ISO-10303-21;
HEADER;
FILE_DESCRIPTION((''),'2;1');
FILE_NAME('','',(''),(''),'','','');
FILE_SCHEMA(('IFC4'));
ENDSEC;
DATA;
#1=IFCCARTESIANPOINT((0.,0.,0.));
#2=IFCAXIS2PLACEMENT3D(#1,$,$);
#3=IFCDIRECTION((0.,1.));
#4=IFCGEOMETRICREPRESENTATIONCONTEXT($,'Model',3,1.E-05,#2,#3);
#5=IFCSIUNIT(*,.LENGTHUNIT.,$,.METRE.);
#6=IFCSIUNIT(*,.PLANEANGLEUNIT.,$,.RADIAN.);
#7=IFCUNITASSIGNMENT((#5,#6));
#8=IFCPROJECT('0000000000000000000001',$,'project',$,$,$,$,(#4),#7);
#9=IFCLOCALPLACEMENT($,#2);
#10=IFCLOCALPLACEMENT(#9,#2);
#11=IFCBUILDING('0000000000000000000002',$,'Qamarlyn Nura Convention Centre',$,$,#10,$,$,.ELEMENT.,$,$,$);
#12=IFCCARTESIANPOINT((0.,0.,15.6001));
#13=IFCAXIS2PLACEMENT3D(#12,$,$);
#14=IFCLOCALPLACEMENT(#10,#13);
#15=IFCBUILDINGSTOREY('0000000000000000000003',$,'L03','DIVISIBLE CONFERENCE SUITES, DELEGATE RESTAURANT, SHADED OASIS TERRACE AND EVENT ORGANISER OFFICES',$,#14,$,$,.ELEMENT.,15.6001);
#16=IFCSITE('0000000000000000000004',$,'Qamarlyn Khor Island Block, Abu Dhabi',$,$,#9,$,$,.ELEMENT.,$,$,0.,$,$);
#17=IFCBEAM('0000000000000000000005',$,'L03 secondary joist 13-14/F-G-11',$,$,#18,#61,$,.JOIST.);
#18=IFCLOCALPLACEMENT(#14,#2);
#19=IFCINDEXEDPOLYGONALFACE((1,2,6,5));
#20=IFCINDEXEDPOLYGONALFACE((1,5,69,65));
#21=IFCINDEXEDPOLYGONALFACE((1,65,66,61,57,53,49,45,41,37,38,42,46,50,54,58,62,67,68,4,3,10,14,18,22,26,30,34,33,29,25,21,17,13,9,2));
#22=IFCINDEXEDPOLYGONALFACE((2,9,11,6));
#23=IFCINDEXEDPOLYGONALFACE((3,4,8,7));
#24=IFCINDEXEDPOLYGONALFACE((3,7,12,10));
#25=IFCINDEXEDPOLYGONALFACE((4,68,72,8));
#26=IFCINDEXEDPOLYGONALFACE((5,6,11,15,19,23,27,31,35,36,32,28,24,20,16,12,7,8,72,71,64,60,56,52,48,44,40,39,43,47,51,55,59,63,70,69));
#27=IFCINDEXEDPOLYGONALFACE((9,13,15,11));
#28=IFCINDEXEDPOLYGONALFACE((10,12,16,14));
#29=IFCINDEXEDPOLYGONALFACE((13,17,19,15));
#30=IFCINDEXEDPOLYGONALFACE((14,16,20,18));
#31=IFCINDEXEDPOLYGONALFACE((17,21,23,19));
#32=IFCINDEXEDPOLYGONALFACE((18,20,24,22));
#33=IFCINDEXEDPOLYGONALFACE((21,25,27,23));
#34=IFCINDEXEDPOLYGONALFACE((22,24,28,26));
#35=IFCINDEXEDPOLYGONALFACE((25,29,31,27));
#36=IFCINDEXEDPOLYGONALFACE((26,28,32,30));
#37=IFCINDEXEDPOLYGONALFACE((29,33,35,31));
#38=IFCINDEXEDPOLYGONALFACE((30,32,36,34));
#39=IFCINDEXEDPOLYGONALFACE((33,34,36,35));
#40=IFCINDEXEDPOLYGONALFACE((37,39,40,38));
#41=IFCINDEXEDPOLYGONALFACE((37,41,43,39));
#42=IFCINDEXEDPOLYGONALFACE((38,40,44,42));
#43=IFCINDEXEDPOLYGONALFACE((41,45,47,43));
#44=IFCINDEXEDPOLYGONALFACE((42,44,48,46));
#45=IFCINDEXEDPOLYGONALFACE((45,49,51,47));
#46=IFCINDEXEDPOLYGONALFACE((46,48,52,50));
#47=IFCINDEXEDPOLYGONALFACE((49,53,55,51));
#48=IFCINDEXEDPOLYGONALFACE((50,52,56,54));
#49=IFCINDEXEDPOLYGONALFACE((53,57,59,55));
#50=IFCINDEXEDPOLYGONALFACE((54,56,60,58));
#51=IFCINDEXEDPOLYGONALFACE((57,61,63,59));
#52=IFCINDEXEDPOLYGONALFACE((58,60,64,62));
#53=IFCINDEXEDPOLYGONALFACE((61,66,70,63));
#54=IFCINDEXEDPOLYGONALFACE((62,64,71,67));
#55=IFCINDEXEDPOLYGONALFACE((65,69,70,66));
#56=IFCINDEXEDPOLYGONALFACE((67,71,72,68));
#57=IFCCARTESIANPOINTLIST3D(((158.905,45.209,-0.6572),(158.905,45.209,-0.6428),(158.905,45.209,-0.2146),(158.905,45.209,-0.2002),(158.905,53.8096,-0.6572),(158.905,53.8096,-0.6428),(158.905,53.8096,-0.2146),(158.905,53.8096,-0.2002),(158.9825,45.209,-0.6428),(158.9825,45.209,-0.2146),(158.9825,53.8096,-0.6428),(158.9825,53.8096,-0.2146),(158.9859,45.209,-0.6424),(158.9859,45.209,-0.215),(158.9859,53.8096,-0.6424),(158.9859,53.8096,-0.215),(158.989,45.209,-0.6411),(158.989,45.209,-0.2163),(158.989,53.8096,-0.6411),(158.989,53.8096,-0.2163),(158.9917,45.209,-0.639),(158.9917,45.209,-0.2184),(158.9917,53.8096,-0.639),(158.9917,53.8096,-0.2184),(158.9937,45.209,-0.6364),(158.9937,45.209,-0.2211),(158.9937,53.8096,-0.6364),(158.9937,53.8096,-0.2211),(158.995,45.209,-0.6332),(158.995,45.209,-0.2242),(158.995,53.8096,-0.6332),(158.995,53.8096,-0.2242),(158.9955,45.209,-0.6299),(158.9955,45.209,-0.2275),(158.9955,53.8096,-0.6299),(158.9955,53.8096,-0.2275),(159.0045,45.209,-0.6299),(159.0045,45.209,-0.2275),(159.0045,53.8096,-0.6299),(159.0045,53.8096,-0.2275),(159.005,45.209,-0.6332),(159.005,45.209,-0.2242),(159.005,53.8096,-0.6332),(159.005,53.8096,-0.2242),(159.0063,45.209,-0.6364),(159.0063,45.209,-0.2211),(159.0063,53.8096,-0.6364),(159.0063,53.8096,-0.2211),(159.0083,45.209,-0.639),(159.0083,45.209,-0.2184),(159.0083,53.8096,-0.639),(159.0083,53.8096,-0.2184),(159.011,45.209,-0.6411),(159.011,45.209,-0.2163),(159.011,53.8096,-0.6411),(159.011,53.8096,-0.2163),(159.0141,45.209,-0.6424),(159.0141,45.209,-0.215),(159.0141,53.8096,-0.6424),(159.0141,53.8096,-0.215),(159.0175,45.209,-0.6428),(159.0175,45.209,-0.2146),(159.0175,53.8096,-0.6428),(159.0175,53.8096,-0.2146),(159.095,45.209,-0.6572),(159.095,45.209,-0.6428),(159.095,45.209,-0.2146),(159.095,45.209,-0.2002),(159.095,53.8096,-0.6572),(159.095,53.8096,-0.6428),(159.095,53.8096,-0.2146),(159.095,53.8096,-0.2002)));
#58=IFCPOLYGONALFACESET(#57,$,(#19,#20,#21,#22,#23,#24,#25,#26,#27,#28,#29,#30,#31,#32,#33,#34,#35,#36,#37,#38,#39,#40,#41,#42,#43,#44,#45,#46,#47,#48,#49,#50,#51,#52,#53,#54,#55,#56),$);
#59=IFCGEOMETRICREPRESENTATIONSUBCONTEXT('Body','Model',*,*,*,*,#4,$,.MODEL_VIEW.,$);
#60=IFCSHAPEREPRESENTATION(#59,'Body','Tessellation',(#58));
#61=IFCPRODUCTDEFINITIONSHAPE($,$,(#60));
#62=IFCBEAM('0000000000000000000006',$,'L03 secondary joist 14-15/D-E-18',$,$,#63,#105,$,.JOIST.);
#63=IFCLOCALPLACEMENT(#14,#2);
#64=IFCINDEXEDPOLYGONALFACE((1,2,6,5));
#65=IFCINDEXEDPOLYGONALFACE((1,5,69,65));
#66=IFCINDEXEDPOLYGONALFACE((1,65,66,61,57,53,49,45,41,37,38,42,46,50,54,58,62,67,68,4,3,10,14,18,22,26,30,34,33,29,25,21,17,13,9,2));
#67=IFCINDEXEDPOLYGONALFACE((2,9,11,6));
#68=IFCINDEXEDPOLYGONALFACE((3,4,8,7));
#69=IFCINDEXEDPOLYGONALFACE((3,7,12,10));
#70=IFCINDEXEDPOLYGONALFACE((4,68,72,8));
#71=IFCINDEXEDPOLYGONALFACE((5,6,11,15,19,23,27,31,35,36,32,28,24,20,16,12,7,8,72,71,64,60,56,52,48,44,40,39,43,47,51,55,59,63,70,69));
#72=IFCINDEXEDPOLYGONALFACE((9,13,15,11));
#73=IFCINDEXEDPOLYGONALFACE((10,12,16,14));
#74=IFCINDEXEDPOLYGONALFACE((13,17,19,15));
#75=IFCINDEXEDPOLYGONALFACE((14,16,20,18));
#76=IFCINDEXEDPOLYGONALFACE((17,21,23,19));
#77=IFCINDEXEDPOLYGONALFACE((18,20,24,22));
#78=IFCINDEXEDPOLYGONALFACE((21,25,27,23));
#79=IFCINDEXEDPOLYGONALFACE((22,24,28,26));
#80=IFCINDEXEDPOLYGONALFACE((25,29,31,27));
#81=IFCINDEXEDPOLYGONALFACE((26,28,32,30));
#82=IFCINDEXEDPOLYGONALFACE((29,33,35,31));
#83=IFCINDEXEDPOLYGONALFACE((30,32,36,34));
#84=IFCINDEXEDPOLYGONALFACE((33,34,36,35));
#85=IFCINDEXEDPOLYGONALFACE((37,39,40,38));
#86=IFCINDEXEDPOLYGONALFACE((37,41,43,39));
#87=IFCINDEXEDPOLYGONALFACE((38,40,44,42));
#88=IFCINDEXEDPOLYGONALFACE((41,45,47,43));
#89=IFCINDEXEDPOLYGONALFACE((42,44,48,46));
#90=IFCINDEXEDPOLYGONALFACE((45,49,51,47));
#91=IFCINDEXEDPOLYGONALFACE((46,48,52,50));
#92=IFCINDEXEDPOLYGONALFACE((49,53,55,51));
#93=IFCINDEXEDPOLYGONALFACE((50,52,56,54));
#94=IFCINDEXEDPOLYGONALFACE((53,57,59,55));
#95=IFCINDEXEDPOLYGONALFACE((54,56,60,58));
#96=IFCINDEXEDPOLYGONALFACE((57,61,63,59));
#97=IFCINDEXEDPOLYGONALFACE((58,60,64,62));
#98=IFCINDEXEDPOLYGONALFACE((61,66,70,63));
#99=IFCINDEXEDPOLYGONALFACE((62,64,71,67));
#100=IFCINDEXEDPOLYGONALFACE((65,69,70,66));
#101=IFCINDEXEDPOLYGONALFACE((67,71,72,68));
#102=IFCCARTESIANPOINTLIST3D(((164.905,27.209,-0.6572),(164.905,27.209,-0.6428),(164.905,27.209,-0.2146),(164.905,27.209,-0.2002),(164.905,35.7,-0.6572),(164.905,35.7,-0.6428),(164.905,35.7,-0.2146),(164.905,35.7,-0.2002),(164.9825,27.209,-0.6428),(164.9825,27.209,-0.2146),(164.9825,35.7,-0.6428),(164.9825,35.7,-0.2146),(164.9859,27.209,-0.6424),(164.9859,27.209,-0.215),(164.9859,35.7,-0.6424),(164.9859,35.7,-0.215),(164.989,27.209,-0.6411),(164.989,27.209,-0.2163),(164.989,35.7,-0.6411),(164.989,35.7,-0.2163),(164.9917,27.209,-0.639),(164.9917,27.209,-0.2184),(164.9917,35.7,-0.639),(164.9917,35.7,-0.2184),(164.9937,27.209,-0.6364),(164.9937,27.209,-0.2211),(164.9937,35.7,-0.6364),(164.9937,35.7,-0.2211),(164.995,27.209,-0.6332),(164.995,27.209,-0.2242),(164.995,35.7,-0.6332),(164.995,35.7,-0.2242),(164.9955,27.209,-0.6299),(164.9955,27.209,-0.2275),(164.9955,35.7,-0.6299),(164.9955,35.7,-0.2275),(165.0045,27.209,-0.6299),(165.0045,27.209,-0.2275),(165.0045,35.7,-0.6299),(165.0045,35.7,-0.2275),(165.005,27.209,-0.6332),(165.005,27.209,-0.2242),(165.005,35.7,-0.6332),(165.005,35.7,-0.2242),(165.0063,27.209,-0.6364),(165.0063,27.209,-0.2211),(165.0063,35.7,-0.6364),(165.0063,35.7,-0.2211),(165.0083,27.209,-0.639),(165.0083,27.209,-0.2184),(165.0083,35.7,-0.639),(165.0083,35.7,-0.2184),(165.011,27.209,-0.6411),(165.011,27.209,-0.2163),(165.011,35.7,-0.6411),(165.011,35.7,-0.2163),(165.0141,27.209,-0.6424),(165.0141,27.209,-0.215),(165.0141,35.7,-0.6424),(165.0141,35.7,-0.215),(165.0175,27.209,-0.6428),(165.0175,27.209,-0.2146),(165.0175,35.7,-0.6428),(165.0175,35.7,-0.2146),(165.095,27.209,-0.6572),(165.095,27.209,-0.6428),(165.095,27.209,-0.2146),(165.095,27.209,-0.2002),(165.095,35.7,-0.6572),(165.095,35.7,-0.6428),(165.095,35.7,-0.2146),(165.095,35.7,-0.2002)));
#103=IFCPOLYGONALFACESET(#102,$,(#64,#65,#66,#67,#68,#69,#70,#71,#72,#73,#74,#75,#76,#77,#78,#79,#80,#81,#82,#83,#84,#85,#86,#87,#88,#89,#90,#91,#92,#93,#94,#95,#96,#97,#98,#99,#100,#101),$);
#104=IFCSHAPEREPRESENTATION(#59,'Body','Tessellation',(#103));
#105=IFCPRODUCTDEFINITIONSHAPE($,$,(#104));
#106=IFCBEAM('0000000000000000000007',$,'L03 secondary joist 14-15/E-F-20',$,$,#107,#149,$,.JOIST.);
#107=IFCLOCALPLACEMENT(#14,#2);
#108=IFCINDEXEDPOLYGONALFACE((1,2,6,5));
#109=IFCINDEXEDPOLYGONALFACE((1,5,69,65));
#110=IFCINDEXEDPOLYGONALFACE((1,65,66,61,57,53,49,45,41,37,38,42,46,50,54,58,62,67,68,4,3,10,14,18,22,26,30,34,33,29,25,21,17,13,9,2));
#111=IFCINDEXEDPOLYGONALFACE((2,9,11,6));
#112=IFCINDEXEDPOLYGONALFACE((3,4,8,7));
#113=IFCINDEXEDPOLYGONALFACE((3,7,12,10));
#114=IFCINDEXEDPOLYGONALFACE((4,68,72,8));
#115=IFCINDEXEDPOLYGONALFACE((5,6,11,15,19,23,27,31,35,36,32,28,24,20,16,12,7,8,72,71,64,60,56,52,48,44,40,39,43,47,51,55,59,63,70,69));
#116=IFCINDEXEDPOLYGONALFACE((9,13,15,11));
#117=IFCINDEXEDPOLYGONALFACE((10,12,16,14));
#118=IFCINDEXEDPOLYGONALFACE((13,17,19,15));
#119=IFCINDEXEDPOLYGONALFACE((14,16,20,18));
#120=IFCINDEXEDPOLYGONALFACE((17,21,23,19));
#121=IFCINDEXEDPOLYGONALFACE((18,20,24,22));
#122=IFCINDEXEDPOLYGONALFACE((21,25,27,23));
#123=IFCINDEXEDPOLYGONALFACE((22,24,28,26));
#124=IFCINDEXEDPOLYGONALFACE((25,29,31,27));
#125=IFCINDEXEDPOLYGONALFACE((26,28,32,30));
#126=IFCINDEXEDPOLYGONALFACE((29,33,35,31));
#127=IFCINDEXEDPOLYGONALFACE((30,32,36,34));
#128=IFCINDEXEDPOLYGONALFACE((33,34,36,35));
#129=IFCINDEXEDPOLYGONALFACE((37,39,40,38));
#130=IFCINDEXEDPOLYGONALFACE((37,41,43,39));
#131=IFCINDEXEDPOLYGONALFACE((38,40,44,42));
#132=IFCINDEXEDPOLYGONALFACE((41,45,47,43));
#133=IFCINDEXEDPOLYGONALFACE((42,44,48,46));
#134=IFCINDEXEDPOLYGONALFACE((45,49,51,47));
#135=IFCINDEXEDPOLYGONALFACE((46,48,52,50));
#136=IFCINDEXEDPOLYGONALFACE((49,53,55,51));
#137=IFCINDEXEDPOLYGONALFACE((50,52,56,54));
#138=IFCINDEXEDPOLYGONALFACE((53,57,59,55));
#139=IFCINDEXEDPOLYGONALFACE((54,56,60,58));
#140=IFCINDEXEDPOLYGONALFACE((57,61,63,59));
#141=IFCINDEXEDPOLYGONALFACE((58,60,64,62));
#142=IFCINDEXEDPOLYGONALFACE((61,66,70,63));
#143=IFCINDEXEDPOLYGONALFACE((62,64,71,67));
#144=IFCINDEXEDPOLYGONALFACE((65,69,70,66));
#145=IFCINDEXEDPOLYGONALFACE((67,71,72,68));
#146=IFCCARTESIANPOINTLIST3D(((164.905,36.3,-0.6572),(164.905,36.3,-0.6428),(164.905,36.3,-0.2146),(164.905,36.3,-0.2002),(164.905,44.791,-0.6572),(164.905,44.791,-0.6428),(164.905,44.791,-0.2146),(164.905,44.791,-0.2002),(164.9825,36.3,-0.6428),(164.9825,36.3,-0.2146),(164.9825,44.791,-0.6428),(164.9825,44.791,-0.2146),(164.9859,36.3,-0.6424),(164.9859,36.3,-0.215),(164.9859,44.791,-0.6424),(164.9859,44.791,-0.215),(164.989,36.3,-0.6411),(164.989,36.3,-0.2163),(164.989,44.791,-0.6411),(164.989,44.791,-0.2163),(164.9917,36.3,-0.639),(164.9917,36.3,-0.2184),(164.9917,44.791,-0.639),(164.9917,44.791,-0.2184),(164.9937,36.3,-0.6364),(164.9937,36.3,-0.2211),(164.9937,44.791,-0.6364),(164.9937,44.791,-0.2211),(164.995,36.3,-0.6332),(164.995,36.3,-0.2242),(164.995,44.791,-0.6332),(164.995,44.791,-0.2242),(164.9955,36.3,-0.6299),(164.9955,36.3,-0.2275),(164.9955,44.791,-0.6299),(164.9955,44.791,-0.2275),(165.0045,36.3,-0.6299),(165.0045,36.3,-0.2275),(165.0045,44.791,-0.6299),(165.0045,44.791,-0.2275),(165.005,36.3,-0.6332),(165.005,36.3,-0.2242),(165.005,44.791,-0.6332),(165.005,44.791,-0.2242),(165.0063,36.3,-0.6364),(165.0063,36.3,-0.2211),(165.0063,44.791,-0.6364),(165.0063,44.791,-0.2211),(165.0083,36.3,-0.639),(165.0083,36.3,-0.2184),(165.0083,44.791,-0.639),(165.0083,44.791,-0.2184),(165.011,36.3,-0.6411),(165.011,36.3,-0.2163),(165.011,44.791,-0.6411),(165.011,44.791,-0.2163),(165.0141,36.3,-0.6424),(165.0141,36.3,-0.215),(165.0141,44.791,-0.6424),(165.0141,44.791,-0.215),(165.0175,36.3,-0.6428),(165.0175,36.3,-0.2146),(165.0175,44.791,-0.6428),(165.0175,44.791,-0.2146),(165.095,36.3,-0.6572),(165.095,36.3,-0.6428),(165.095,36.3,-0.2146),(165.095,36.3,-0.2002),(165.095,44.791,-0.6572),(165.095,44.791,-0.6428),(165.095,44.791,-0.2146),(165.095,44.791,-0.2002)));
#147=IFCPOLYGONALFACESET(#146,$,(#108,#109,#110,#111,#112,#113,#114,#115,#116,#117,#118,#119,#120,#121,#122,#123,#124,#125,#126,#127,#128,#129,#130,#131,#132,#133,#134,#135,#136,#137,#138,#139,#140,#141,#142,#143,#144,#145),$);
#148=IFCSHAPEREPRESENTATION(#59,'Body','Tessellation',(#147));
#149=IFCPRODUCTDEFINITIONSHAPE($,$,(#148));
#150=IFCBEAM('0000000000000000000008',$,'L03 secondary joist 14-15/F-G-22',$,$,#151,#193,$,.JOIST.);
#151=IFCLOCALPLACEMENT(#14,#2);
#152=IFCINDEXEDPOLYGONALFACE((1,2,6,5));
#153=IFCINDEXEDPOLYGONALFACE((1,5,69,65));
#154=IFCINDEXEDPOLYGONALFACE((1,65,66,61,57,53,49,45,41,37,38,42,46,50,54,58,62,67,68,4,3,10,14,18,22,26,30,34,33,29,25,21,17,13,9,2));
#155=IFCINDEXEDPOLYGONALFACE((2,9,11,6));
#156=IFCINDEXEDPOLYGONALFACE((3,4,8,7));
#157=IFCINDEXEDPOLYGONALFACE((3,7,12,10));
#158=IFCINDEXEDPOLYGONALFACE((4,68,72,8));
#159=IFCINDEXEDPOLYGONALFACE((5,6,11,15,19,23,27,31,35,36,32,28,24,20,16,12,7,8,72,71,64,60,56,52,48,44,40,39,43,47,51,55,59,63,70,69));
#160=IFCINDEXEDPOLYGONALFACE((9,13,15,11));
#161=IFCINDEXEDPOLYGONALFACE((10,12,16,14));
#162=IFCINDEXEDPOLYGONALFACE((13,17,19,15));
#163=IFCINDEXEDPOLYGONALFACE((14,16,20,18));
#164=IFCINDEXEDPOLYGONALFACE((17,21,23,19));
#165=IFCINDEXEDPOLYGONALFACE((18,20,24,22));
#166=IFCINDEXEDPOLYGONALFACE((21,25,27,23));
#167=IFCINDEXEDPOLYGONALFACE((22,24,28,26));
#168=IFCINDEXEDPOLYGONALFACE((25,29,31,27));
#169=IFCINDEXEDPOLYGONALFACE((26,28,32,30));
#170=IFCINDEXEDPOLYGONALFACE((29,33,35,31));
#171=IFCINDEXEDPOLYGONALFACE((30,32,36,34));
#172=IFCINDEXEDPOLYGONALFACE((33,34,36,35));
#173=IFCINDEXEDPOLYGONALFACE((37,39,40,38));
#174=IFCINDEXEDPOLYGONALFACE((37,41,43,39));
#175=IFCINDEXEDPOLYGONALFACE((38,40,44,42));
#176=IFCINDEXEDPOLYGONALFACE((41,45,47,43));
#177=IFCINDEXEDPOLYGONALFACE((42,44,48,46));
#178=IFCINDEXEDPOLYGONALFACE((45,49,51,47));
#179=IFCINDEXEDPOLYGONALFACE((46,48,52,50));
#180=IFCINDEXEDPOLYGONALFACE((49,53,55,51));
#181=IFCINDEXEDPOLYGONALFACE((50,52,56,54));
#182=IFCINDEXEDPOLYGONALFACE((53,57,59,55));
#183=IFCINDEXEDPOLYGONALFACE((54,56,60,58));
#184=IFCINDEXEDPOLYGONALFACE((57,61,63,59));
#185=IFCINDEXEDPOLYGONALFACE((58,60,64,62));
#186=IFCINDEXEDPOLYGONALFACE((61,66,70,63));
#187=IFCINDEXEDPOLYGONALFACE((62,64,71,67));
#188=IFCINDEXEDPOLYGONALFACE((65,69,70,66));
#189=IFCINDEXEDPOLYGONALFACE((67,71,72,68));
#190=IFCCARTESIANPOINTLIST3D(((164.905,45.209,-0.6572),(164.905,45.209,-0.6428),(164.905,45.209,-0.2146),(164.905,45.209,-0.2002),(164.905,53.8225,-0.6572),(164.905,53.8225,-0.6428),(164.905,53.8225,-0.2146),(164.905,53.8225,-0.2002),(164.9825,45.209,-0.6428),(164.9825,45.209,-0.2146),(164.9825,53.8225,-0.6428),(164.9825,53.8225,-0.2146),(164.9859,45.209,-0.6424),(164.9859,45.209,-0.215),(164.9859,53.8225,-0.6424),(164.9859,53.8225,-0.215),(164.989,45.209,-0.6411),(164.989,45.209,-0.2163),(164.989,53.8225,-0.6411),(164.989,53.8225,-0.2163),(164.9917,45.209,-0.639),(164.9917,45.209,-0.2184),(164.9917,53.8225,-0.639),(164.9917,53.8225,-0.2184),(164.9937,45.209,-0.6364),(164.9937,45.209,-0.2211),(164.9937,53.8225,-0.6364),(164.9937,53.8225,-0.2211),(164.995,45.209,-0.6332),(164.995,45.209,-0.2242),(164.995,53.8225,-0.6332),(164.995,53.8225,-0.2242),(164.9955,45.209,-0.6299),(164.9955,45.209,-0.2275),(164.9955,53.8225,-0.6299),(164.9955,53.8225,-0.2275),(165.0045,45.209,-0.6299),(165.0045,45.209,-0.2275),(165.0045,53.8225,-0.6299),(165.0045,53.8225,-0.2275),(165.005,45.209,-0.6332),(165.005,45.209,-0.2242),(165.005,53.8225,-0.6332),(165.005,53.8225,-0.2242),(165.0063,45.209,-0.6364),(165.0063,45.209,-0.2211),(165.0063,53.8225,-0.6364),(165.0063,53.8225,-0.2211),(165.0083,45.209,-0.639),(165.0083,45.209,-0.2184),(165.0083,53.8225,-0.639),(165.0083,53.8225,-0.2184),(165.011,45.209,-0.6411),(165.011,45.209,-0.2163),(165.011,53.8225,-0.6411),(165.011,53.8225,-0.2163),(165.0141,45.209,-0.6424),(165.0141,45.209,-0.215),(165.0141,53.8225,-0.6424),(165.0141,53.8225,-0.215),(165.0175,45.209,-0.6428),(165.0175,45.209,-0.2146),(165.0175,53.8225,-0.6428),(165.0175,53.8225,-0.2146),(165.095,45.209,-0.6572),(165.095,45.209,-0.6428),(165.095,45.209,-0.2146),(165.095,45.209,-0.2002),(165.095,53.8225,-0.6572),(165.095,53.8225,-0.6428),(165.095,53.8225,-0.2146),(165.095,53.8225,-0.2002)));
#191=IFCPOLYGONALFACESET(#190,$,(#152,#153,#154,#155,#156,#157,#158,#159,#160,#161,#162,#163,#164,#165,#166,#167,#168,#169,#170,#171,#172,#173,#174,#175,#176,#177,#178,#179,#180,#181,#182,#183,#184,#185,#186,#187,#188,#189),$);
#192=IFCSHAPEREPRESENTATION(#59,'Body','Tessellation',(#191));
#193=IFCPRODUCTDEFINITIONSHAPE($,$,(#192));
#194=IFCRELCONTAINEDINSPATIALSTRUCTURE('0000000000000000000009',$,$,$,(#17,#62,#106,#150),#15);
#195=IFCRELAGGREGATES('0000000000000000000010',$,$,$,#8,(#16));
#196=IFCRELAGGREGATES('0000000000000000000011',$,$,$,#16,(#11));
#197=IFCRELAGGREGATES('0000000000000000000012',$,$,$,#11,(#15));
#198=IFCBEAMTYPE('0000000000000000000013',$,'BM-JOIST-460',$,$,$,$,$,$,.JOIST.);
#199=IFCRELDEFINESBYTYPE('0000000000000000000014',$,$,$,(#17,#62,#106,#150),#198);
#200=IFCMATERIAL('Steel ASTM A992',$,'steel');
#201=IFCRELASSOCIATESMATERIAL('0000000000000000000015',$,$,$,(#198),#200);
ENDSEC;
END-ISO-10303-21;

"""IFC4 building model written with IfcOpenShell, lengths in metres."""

from ifc_helpers import new_model, si_unit, direction, frame, origin, origin_2d, place, context, subcontext, project, spatial, i_section, extrude, material, material_profile, profile_set, type_object, element, save


model = new_model("IFC4")

# Units and contexts
model_context = context("Model", 3, precision=1e-05, world=origin(), true_north=direction((0.0, 1.0)))
body_context = subcontext(model_context, "Body", "Model", "MODEL_VIEW")
ifc_project = project(units=[si_unit("LENGTHUNIT", "METRE"), si_unit("PLANEANGLEUNIT", "RADIAN")], contexts=[model_context])

# Site, building, storey
site_placement = place(None, origin())
site = spatial("IfcSite", under=ifc_project, at=site_placement, Name="Qamarlyn Khor Island Block, Abu Dhabi", CompositionType="ELEMENT", RefElevation=0.0)
building_placement = place(site_placement, origin())
building = spatial("IfcBuilding", under=site, at=building_placement, Name="Qamarlyn Nura Convention Centre", CompositionType="ELEMENT")
storey_placement = place(building_placement, frame((0.0, 0.0, 15.6001)))
storey = spatial("IfcBuildingStorey", under=building, at=storey_placement, Name="L03", Description="DIVISIBLE CONFERENCE SUITES, DELEGATE RESTAURANT, SHADED OASIS TERRACE AND EVENT ORGANISER OFFICES", CompositionType="ELEMENT", Elevation=15.6001)

# Shared definitions
ifc_material_1 = material(Name="Steel ASTM A992", Category="steel")

# Beams
ifc_material_profile_1 = material_profile(ifc_material_1, i_section(OverallWidth=0.1899, OverallDepth=0.457, WebThickness=0.009, FlangeThickness=0.0144, FilletRadius=0.0129, at=origin_2d()), Name="W460X74")
ifc_profile_set_1 = profile_set([ifc_material_profile_1], Name="Steel ASTM A992")
beam_type_1 = type_object("IfcBeamType", Name="BM-JOIST-460", PredefinedType="JOIST", material=ifc_profile_set_1)
for number, where, z_axis, x_axis, name in (
    (1, (159.0, 45.209, -0.4287), (0.0, 1.0, 0.0), (-1.0, 0.0, 0.0), "L03 secondary joist 13-14/F-G-11"),
):
    element("IfcBeam", number, at=place(storey_placement, frame(where, z_axis=z_axis, x_axis=x_axis)), inside=storey, type_object=beam_type_1, Name=name, PredefinedType="JOIST", context=body_context, shape_type="SweptSolid", body=[
        extrude(i_section(OverallWidth=0.1899, OverallDepth=0.457, WebThickness=0.009, FlangeThickness=0.0144, FilletRadius=0.0129, at=origin_2d()), origin(), (0.0, 0.0, 1.0), 8.6006),
    ])
for number, where, z_axis, x_axis, name in (
    (2, (165.0, 27.209, -0.4287), (0.0, 1.0, 0.0), (-1.0, 0.0, 0.0), "L03 secondary joist 14-15/D-E-18"),
    (3, (165.0, 36.3, -0.4287), (0.0, 1.0, 0.0), (-1.0, 0.0, 0.0), "L03 secondary joist 14-15/E-F-20"),
):
    element("IfcBeam", number, at=place(storey_placement, frame(where, z_axis=z_axis, x_axis=x_axis)), inside=storey, type_object=beam_type_1, Name=name, PredefinedType="JOIST", context=body_context, shape_type="SweptSolid", body=[
        extrude(i_section(OverallWidth=0.1899, OverallDepth=0.457, WebThickness=0.009, FlangeThickness=0.0144, FilletRadius=0.0129, at=origin_2d()), origin(), (0.0, 0.0, 1.0), 8.491),
    ])
beam_1_placement = place(storey_placement, frame((165.0, 45.209, -0.4287), z_axis=(0.0, 1.0, 0.0), x_axis=(-1.0, 0.0, 0.0)))
element("IfcBeam", 4, at=beam_1_placement, inside=storey, type_object=beam_type_1, Name="L03 secondary joist 14-15/F-G-22", PredefinedType="JOIST", context=body_context, shape_type="SweptSolid", body=[
    extrude(i_section(OverallWidth=0.1899, OverallDepth=0.457, WebThickness=0.009, FlangeThickness=0.0144, FilletRadius=0.0129, at=origin_2d()), origin(), (0.0, 0.0, 1.0), 8.6135),
])

save(model, "model.ifc")
